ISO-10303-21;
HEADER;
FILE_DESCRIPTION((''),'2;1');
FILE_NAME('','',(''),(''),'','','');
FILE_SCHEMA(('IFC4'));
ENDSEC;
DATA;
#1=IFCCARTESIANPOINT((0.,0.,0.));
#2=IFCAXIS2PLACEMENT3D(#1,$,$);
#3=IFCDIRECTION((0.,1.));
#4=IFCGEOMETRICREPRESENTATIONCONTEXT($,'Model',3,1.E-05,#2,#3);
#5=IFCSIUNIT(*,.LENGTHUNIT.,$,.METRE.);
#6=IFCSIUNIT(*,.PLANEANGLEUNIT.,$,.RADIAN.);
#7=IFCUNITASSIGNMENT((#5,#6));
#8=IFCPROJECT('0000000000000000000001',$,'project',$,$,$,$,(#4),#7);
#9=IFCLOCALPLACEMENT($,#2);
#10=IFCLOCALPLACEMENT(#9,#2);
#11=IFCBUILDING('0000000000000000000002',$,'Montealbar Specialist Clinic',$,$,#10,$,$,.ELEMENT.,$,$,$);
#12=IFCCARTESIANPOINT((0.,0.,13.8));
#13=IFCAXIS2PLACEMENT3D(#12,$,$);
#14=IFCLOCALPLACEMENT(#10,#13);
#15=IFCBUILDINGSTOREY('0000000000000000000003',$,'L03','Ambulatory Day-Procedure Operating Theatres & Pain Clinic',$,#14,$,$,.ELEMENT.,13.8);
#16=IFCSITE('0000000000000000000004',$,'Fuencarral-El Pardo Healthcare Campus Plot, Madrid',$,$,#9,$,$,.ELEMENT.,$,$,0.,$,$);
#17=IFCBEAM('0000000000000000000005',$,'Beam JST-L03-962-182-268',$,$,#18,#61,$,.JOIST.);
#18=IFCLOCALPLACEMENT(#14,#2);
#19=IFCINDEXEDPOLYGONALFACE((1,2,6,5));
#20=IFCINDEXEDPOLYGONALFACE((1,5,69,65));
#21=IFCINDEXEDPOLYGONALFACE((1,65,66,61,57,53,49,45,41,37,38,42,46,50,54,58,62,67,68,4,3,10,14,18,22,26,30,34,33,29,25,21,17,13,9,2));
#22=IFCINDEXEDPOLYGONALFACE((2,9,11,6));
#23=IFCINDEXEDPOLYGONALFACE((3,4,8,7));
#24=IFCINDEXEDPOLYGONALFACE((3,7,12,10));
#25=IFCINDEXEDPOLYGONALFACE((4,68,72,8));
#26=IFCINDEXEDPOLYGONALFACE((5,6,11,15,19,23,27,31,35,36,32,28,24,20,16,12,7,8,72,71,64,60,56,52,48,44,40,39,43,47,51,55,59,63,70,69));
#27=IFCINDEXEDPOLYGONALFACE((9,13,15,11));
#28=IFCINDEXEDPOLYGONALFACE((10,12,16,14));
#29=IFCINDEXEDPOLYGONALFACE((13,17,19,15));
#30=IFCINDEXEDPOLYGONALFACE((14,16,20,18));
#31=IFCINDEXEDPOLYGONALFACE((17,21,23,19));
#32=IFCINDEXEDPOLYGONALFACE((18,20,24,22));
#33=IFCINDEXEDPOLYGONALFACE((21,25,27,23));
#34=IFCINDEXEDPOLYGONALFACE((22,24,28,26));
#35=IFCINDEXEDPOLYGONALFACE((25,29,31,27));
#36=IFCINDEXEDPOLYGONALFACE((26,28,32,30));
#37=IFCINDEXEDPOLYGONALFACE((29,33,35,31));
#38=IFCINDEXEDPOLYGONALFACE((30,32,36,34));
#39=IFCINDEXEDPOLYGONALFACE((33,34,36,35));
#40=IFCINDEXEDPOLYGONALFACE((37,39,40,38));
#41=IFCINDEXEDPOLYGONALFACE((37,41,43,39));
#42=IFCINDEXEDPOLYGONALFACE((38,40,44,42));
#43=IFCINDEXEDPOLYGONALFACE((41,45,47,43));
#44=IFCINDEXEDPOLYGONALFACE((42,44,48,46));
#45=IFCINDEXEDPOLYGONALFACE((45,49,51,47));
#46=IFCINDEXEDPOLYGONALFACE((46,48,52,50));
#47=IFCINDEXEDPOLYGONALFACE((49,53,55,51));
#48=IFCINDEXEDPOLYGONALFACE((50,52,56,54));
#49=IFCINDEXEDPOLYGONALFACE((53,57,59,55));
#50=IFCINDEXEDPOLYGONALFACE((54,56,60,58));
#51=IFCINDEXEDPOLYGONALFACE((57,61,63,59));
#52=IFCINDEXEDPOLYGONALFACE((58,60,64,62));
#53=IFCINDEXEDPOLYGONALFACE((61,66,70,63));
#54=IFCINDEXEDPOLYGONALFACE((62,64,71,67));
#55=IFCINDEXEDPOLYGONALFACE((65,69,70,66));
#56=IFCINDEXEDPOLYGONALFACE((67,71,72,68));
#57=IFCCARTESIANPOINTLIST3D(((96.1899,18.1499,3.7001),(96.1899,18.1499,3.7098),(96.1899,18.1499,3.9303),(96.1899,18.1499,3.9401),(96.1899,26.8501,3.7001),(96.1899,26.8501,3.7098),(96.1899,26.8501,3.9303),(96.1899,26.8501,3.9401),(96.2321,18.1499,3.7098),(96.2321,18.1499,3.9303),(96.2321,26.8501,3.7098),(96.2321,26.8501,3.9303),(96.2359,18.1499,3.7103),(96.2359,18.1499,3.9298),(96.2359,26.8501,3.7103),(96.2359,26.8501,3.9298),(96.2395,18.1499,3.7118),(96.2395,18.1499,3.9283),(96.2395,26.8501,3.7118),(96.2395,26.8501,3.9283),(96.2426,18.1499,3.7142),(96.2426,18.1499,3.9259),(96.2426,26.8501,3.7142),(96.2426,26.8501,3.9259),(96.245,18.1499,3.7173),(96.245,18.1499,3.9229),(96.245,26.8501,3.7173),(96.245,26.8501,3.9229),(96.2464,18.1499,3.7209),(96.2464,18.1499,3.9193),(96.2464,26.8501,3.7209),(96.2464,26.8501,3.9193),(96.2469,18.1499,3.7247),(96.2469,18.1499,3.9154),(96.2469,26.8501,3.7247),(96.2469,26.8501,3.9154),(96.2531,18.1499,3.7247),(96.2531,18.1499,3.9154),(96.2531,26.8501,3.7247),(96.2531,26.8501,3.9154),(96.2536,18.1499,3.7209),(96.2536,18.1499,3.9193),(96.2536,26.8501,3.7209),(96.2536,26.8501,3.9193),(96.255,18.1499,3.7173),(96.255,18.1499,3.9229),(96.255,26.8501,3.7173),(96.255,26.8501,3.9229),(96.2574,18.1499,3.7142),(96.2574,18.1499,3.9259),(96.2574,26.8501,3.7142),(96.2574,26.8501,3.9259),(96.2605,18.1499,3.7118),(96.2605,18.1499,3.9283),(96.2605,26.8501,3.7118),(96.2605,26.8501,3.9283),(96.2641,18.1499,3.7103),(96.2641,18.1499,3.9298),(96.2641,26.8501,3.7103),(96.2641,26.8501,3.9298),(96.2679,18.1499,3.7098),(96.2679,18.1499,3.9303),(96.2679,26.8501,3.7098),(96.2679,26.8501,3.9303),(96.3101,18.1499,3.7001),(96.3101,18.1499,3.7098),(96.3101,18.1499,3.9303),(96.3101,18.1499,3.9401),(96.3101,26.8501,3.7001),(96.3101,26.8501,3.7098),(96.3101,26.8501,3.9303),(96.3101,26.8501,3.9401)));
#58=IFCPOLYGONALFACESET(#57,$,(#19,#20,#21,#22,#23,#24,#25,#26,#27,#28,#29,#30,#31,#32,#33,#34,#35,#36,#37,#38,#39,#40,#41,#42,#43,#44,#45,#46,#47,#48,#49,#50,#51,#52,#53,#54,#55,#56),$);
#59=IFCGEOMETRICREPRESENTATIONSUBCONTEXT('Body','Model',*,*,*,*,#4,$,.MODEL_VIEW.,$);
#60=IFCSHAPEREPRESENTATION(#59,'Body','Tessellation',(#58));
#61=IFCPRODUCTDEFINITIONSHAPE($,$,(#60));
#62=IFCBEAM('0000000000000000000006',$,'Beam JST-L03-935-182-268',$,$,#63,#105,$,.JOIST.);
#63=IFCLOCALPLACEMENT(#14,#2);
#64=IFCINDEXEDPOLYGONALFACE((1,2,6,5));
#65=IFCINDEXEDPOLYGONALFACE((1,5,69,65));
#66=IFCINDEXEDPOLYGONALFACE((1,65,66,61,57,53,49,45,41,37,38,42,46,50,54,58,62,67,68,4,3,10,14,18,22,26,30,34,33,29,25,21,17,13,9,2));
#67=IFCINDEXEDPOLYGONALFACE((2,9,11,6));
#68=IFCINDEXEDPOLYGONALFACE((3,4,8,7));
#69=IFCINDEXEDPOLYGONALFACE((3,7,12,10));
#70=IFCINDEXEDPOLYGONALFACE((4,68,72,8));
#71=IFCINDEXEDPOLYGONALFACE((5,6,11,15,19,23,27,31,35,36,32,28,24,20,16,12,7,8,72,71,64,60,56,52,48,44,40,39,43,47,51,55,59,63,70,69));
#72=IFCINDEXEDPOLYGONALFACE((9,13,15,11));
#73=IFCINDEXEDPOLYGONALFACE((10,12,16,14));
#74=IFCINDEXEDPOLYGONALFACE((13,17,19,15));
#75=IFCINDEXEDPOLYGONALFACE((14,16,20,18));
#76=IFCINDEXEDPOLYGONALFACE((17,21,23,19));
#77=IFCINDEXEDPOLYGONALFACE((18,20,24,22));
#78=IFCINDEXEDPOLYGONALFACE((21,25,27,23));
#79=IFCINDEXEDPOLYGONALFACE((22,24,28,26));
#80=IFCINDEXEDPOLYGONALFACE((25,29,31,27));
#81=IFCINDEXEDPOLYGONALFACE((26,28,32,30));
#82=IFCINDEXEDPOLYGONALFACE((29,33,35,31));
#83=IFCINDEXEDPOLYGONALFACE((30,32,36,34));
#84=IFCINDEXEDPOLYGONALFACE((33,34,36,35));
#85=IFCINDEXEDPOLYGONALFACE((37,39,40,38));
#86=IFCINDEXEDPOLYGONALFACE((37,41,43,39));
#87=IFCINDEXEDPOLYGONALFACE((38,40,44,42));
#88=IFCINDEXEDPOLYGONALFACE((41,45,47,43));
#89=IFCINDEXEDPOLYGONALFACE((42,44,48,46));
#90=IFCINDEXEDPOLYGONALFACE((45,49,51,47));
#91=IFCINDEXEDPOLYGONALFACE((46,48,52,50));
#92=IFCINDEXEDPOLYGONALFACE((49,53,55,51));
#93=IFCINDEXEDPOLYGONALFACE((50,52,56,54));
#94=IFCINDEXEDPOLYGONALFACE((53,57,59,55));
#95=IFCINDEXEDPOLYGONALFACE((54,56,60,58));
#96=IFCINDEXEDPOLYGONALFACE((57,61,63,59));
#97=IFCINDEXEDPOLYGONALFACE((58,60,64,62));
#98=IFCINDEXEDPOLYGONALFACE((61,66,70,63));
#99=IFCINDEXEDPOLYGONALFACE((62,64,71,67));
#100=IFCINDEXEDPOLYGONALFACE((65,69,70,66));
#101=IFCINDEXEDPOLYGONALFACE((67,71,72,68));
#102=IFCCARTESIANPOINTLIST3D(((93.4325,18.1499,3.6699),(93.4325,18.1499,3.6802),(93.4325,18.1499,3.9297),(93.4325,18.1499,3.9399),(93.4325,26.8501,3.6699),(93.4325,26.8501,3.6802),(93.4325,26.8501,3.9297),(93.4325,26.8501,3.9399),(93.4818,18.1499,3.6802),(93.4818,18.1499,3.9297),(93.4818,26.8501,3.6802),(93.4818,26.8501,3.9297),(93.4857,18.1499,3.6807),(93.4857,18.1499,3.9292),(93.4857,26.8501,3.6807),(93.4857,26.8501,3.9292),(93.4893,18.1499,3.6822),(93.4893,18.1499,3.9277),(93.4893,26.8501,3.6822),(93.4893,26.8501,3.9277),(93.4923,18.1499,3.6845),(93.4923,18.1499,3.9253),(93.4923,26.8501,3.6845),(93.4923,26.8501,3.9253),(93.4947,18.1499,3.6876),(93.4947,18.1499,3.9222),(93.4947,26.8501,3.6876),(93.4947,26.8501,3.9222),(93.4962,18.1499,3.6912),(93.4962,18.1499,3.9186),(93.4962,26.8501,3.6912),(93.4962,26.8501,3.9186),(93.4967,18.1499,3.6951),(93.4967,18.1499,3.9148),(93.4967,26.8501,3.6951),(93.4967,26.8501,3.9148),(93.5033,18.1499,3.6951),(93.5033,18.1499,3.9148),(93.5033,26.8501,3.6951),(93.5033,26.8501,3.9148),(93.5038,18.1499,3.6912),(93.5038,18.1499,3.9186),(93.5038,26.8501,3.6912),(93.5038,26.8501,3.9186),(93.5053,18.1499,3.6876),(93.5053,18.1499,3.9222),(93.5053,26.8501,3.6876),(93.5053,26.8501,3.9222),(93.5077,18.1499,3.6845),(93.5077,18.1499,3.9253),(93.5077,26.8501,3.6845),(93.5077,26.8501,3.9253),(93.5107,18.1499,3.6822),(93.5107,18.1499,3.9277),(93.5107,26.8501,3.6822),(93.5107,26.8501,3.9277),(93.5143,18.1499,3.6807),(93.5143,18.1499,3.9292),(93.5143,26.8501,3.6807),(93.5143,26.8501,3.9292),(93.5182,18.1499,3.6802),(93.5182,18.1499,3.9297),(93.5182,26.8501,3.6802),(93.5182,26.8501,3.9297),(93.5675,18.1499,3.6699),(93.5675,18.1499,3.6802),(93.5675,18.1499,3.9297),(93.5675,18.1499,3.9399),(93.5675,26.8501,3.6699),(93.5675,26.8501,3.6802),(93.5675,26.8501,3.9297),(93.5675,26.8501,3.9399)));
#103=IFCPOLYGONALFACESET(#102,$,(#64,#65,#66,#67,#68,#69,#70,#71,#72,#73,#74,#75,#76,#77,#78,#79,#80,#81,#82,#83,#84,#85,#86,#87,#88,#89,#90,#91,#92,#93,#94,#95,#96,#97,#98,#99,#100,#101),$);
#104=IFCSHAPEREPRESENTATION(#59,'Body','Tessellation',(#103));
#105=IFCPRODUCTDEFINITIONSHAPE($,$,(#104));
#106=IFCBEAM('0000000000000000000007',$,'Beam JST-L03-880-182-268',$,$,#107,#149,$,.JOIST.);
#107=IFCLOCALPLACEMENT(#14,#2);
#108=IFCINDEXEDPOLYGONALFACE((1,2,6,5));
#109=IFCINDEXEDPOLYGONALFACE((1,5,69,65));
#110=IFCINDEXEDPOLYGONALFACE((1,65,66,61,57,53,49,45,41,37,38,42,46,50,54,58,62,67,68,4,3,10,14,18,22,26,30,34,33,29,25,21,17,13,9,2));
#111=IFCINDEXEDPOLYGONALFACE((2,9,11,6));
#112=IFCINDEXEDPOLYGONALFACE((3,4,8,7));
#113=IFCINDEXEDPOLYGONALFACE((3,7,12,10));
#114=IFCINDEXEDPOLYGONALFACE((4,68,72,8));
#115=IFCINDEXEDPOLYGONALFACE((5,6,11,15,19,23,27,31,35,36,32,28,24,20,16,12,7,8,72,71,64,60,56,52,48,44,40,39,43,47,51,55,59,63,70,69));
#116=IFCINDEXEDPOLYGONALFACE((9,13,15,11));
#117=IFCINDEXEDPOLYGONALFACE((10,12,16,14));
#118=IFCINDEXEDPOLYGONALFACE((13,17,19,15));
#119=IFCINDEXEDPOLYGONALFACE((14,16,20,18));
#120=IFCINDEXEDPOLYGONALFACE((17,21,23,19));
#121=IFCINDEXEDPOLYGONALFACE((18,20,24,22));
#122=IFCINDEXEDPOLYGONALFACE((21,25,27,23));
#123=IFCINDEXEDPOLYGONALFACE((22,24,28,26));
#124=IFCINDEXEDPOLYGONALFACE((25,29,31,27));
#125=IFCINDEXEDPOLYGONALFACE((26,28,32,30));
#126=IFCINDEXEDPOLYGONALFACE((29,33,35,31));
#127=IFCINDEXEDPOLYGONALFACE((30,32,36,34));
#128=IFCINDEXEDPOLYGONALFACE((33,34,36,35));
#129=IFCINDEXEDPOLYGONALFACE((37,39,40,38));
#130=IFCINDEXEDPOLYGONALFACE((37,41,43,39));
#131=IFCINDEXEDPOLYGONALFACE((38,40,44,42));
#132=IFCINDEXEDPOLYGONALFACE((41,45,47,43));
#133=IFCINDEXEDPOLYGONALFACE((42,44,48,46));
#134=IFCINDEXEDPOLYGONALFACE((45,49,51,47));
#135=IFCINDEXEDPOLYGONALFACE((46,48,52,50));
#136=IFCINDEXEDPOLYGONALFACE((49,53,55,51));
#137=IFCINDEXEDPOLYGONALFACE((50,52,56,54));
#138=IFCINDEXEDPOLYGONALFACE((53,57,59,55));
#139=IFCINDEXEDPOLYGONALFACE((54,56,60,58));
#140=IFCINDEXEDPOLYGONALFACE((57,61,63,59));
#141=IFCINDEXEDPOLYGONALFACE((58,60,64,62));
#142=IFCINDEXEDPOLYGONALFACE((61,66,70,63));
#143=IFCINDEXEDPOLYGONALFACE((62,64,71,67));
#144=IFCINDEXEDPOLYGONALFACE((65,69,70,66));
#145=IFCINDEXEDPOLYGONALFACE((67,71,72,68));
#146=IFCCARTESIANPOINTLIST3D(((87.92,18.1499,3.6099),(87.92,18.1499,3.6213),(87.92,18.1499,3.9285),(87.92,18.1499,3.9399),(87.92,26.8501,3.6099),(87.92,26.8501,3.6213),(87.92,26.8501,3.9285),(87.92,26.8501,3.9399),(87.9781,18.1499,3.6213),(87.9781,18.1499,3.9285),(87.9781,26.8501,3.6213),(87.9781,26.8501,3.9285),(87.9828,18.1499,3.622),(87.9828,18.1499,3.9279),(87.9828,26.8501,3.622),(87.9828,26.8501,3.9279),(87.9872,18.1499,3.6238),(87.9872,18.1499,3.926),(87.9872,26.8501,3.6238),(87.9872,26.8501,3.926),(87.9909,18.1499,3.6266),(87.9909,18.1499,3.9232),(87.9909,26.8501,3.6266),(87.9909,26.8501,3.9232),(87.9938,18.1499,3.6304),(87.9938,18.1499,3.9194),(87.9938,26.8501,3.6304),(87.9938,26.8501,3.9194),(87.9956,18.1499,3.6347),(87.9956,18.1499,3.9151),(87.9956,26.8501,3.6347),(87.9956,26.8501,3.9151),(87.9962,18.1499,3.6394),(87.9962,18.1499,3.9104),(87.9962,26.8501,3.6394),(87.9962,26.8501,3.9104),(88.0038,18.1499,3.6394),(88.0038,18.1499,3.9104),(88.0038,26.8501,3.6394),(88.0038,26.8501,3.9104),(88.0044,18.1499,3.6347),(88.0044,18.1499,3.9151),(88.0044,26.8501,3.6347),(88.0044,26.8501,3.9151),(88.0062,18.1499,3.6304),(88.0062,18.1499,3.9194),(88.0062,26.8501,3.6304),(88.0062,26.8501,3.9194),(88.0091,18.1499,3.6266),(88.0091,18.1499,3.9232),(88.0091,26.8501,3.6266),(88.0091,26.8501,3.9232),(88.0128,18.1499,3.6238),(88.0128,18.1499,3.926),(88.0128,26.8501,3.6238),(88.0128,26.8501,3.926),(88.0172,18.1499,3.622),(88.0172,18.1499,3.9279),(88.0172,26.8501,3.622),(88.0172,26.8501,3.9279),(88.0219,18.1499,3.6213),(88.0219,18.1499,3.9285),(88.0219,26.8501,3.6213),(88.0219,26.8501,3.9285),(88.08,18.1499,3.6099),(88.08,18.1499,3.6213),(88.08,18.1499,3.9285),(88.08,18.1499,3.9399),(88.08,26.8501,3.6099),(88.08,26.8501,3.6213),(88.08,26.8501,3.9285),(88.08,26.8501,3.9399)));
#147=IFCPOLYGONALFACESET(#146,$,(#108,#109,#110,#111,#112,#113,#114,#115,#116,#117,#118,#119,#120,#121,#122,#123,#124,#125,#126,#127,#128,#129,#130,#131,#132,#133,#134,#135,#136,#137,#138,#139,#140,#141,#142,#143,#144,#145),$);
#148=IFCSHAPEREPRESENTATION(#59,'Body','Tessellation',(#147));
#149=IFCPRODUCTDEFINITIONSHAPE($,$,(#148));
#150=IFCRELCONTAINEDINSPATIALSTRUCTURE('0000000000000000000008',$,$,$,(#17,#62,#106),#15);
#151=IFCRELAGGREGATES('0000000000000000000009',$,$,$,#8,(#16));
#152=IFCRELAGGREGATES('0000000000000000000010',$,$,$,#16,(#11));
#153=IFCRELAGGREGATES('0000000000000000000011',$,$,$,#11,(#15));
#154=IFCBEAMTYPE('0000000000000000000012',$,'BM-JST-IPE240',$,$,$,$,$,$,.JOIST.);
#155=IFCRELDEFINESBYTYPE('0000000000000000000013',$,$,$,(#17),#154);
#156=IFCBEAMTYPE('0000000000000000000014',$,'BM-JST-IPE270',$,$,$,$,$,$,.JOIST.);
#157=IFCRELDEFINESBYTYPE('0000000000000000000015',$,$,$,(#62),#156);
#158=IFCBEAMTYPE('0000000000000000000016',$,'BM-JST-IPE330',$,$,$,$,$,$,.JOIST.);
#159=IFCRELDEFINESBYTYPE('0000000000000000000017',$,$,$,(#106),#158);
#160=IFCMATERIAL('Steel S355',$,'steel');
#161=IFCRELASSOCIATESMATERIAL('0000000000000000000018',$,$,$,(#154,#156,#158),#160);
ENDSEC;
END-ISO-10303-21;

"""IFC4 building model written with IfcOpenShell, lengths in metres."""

from ifc_helpers import new_model, si_unit, direction, frame, origin, origin_2d, place, context, subcontext, project, spatial, i_section, extrude, material, material_profile, profile_set, type_object, element, save


model = new_model("IFC4")

# Units and contexts
model_context = context("Model", 3, precision=1e-05, world=origin(), true_north=direction((0.0, 1.0)))
body_context = subcontext(model_context, "Body", "Model", "MODEL_VIEW")
ifc_project = project(units=[si_unit("LENGTHUNIT", "METRE"), si_unit("PLANEANGLEUNIT", "RADIAN")], contexts=[model_context])

# Site, building, storey
site_placement = place(None, origin())
site = spatial("IfcSite", under=ifc_project, at=site_placement, Name="Fuencarral-El Pardo Healthcare Campus Plot, Madrid", CompositionType="ELEMENT", RefElevation=0.0)
building_placement = place(site_placement, origin())
building = spatial("IfcBuilding", under=site, at=building_placement, Name="Montealbar Specialist Clinic", CompositionType="ELEMENT")
storey_placement = place(building_placement, frame((0.0, 0.0, 13.8)))
storey = spatial("IfcBuildingStorey", under=building, at=storey_placement, Name="L03", Description="Ambulatory Day-Procedure Operating Theatres & Pain Clinic", CompositionType="ELEMENT", Elevation=13.8)

# Shared definitions
ifc_material_1 = material(Name="Steel S355", Category="steel")

# Beams
ifc_material_profile_1 = material_profile(ifc_material_1, i_section(OverallWidth=0.1201, OverallDepth=0.24, WebThickness=0.0061, FlangeThickness=0.0098, FilletRadius=0.0149, at=origin_2d()), Name="IPE 240", Category="steel")
ifc_profile_set_1 = profile_set([ifc_material_profile_1], Name="Steel S355")
beam_type_1 = type_object("IfcBeamType", Name="BM-JST-IPE240", PredefinedType="JOIST", material=ifc_profile_set_1)
beam_1_placement = place(storey_placement, frame((96.25, 18.1499, 3.8201), z_axis=(0.0, 1.0, 0.0), x_axis=(-1.0, 0.0, 0.0)))
element("IfcBeam", 1, at=beam_1_placement, inside=storey, type_object=beam_type_1, Name="Beam JST-L03-962-182-268", PredefinedType="JOIST", context=body_context, shape_type="SweptSolid", body=[
    extrude(i_section(OverallWidth=0.1201, OverallDepth=0.24, WebThickness=0.0061, FlangeThickness=0.0098, FilletRadius=0.0149, at=origin_2d()), origin(), (0.0, 0.0, 1.0), 8.7002),
])
ifc_material_profile_2 = material_profile(ifc_material_1, i_section(OverallWidth=0.135, OverallDepth=0.27, WebThickness=0.0066, FlangeThickness=0.0103, FilletRadius=0.0149, at=origin_2d()), Name="IPE 270", Category="steel")
ifc_profile_set_2 = profile_set([ifc_material_profile_2], Name="Steel S355")
beam_type_2 = type_object("IfcBeamType", Name="BM-JST-IPE270", PredefinedType="JOIST", material=ifc_profile_set_2)
beam_2_placement = place(storey_placement, frame((93.5, 18.1499, 3.8049), z_axis=(0.0, 1.0, 0.0), x_axis=(-1.0, 0.0, 0.0)))
element("IfcBeam", 2, at=beam_2_placement, inside=storey, type_object=beam_type_2, Name="Beam JST-L03-935-182-268", PredefinedType="JOIST", context=body_context, shape_type="SweptSolid", body=[
    extrude(i_section(OverallWidth=0.135, OverallDepth=0.27, WebThickness=0.0066, FlangeThickness=0.0103, FilletRadius=0.0149, at=origin_2d()), origin(), (0.0, 0.0, 1.0), 8.7002),
])
ifc_material_profile_3 = material_profile(ifc_material_1, i_section(OverallWidth=0.1599, OverallDepth=0.3301, WebThickness=0.0076, FlangeThickness=0.0115, FilletRadius=0.0181, at=origin_2d()), Name="IPE 330", Category="steel")
ifc_profile_set_3 = profile_set([ifc_material_profile_3], Name="Steel S355")
beam_type_3 = type_object("IfcBeamType", Name="BM-JST-IPE330", PredefinedType="JOIST", material=ifc_profile_set_3)
beam_3_placement = place(storey_placement, frame((88.0, 18.1499, 3.7749), z_axis=(0.0, 1.0, 0.0), x_axis=(-1.0, 0.0, 0.0)))
element("IfcBeam", 3, at=beam_3_placement, inside=storey, type_object=beam_type_3, Name="Beam JST-L03-880-182-268", PredefinedType="JOIST", context=body_context, shape_type="SweptSolid", body=[
    extrude(i_section(OverallWidth=0.1599, OverallDepth=0.3301, WebThickness=0.0076, FlangeThickness=0.0115, FilletRadius=0.0181, at=origin_2d()), origin(), (0.0, 0.0, 1.0), 8.7002),
])

save(model, "model.ifc")
